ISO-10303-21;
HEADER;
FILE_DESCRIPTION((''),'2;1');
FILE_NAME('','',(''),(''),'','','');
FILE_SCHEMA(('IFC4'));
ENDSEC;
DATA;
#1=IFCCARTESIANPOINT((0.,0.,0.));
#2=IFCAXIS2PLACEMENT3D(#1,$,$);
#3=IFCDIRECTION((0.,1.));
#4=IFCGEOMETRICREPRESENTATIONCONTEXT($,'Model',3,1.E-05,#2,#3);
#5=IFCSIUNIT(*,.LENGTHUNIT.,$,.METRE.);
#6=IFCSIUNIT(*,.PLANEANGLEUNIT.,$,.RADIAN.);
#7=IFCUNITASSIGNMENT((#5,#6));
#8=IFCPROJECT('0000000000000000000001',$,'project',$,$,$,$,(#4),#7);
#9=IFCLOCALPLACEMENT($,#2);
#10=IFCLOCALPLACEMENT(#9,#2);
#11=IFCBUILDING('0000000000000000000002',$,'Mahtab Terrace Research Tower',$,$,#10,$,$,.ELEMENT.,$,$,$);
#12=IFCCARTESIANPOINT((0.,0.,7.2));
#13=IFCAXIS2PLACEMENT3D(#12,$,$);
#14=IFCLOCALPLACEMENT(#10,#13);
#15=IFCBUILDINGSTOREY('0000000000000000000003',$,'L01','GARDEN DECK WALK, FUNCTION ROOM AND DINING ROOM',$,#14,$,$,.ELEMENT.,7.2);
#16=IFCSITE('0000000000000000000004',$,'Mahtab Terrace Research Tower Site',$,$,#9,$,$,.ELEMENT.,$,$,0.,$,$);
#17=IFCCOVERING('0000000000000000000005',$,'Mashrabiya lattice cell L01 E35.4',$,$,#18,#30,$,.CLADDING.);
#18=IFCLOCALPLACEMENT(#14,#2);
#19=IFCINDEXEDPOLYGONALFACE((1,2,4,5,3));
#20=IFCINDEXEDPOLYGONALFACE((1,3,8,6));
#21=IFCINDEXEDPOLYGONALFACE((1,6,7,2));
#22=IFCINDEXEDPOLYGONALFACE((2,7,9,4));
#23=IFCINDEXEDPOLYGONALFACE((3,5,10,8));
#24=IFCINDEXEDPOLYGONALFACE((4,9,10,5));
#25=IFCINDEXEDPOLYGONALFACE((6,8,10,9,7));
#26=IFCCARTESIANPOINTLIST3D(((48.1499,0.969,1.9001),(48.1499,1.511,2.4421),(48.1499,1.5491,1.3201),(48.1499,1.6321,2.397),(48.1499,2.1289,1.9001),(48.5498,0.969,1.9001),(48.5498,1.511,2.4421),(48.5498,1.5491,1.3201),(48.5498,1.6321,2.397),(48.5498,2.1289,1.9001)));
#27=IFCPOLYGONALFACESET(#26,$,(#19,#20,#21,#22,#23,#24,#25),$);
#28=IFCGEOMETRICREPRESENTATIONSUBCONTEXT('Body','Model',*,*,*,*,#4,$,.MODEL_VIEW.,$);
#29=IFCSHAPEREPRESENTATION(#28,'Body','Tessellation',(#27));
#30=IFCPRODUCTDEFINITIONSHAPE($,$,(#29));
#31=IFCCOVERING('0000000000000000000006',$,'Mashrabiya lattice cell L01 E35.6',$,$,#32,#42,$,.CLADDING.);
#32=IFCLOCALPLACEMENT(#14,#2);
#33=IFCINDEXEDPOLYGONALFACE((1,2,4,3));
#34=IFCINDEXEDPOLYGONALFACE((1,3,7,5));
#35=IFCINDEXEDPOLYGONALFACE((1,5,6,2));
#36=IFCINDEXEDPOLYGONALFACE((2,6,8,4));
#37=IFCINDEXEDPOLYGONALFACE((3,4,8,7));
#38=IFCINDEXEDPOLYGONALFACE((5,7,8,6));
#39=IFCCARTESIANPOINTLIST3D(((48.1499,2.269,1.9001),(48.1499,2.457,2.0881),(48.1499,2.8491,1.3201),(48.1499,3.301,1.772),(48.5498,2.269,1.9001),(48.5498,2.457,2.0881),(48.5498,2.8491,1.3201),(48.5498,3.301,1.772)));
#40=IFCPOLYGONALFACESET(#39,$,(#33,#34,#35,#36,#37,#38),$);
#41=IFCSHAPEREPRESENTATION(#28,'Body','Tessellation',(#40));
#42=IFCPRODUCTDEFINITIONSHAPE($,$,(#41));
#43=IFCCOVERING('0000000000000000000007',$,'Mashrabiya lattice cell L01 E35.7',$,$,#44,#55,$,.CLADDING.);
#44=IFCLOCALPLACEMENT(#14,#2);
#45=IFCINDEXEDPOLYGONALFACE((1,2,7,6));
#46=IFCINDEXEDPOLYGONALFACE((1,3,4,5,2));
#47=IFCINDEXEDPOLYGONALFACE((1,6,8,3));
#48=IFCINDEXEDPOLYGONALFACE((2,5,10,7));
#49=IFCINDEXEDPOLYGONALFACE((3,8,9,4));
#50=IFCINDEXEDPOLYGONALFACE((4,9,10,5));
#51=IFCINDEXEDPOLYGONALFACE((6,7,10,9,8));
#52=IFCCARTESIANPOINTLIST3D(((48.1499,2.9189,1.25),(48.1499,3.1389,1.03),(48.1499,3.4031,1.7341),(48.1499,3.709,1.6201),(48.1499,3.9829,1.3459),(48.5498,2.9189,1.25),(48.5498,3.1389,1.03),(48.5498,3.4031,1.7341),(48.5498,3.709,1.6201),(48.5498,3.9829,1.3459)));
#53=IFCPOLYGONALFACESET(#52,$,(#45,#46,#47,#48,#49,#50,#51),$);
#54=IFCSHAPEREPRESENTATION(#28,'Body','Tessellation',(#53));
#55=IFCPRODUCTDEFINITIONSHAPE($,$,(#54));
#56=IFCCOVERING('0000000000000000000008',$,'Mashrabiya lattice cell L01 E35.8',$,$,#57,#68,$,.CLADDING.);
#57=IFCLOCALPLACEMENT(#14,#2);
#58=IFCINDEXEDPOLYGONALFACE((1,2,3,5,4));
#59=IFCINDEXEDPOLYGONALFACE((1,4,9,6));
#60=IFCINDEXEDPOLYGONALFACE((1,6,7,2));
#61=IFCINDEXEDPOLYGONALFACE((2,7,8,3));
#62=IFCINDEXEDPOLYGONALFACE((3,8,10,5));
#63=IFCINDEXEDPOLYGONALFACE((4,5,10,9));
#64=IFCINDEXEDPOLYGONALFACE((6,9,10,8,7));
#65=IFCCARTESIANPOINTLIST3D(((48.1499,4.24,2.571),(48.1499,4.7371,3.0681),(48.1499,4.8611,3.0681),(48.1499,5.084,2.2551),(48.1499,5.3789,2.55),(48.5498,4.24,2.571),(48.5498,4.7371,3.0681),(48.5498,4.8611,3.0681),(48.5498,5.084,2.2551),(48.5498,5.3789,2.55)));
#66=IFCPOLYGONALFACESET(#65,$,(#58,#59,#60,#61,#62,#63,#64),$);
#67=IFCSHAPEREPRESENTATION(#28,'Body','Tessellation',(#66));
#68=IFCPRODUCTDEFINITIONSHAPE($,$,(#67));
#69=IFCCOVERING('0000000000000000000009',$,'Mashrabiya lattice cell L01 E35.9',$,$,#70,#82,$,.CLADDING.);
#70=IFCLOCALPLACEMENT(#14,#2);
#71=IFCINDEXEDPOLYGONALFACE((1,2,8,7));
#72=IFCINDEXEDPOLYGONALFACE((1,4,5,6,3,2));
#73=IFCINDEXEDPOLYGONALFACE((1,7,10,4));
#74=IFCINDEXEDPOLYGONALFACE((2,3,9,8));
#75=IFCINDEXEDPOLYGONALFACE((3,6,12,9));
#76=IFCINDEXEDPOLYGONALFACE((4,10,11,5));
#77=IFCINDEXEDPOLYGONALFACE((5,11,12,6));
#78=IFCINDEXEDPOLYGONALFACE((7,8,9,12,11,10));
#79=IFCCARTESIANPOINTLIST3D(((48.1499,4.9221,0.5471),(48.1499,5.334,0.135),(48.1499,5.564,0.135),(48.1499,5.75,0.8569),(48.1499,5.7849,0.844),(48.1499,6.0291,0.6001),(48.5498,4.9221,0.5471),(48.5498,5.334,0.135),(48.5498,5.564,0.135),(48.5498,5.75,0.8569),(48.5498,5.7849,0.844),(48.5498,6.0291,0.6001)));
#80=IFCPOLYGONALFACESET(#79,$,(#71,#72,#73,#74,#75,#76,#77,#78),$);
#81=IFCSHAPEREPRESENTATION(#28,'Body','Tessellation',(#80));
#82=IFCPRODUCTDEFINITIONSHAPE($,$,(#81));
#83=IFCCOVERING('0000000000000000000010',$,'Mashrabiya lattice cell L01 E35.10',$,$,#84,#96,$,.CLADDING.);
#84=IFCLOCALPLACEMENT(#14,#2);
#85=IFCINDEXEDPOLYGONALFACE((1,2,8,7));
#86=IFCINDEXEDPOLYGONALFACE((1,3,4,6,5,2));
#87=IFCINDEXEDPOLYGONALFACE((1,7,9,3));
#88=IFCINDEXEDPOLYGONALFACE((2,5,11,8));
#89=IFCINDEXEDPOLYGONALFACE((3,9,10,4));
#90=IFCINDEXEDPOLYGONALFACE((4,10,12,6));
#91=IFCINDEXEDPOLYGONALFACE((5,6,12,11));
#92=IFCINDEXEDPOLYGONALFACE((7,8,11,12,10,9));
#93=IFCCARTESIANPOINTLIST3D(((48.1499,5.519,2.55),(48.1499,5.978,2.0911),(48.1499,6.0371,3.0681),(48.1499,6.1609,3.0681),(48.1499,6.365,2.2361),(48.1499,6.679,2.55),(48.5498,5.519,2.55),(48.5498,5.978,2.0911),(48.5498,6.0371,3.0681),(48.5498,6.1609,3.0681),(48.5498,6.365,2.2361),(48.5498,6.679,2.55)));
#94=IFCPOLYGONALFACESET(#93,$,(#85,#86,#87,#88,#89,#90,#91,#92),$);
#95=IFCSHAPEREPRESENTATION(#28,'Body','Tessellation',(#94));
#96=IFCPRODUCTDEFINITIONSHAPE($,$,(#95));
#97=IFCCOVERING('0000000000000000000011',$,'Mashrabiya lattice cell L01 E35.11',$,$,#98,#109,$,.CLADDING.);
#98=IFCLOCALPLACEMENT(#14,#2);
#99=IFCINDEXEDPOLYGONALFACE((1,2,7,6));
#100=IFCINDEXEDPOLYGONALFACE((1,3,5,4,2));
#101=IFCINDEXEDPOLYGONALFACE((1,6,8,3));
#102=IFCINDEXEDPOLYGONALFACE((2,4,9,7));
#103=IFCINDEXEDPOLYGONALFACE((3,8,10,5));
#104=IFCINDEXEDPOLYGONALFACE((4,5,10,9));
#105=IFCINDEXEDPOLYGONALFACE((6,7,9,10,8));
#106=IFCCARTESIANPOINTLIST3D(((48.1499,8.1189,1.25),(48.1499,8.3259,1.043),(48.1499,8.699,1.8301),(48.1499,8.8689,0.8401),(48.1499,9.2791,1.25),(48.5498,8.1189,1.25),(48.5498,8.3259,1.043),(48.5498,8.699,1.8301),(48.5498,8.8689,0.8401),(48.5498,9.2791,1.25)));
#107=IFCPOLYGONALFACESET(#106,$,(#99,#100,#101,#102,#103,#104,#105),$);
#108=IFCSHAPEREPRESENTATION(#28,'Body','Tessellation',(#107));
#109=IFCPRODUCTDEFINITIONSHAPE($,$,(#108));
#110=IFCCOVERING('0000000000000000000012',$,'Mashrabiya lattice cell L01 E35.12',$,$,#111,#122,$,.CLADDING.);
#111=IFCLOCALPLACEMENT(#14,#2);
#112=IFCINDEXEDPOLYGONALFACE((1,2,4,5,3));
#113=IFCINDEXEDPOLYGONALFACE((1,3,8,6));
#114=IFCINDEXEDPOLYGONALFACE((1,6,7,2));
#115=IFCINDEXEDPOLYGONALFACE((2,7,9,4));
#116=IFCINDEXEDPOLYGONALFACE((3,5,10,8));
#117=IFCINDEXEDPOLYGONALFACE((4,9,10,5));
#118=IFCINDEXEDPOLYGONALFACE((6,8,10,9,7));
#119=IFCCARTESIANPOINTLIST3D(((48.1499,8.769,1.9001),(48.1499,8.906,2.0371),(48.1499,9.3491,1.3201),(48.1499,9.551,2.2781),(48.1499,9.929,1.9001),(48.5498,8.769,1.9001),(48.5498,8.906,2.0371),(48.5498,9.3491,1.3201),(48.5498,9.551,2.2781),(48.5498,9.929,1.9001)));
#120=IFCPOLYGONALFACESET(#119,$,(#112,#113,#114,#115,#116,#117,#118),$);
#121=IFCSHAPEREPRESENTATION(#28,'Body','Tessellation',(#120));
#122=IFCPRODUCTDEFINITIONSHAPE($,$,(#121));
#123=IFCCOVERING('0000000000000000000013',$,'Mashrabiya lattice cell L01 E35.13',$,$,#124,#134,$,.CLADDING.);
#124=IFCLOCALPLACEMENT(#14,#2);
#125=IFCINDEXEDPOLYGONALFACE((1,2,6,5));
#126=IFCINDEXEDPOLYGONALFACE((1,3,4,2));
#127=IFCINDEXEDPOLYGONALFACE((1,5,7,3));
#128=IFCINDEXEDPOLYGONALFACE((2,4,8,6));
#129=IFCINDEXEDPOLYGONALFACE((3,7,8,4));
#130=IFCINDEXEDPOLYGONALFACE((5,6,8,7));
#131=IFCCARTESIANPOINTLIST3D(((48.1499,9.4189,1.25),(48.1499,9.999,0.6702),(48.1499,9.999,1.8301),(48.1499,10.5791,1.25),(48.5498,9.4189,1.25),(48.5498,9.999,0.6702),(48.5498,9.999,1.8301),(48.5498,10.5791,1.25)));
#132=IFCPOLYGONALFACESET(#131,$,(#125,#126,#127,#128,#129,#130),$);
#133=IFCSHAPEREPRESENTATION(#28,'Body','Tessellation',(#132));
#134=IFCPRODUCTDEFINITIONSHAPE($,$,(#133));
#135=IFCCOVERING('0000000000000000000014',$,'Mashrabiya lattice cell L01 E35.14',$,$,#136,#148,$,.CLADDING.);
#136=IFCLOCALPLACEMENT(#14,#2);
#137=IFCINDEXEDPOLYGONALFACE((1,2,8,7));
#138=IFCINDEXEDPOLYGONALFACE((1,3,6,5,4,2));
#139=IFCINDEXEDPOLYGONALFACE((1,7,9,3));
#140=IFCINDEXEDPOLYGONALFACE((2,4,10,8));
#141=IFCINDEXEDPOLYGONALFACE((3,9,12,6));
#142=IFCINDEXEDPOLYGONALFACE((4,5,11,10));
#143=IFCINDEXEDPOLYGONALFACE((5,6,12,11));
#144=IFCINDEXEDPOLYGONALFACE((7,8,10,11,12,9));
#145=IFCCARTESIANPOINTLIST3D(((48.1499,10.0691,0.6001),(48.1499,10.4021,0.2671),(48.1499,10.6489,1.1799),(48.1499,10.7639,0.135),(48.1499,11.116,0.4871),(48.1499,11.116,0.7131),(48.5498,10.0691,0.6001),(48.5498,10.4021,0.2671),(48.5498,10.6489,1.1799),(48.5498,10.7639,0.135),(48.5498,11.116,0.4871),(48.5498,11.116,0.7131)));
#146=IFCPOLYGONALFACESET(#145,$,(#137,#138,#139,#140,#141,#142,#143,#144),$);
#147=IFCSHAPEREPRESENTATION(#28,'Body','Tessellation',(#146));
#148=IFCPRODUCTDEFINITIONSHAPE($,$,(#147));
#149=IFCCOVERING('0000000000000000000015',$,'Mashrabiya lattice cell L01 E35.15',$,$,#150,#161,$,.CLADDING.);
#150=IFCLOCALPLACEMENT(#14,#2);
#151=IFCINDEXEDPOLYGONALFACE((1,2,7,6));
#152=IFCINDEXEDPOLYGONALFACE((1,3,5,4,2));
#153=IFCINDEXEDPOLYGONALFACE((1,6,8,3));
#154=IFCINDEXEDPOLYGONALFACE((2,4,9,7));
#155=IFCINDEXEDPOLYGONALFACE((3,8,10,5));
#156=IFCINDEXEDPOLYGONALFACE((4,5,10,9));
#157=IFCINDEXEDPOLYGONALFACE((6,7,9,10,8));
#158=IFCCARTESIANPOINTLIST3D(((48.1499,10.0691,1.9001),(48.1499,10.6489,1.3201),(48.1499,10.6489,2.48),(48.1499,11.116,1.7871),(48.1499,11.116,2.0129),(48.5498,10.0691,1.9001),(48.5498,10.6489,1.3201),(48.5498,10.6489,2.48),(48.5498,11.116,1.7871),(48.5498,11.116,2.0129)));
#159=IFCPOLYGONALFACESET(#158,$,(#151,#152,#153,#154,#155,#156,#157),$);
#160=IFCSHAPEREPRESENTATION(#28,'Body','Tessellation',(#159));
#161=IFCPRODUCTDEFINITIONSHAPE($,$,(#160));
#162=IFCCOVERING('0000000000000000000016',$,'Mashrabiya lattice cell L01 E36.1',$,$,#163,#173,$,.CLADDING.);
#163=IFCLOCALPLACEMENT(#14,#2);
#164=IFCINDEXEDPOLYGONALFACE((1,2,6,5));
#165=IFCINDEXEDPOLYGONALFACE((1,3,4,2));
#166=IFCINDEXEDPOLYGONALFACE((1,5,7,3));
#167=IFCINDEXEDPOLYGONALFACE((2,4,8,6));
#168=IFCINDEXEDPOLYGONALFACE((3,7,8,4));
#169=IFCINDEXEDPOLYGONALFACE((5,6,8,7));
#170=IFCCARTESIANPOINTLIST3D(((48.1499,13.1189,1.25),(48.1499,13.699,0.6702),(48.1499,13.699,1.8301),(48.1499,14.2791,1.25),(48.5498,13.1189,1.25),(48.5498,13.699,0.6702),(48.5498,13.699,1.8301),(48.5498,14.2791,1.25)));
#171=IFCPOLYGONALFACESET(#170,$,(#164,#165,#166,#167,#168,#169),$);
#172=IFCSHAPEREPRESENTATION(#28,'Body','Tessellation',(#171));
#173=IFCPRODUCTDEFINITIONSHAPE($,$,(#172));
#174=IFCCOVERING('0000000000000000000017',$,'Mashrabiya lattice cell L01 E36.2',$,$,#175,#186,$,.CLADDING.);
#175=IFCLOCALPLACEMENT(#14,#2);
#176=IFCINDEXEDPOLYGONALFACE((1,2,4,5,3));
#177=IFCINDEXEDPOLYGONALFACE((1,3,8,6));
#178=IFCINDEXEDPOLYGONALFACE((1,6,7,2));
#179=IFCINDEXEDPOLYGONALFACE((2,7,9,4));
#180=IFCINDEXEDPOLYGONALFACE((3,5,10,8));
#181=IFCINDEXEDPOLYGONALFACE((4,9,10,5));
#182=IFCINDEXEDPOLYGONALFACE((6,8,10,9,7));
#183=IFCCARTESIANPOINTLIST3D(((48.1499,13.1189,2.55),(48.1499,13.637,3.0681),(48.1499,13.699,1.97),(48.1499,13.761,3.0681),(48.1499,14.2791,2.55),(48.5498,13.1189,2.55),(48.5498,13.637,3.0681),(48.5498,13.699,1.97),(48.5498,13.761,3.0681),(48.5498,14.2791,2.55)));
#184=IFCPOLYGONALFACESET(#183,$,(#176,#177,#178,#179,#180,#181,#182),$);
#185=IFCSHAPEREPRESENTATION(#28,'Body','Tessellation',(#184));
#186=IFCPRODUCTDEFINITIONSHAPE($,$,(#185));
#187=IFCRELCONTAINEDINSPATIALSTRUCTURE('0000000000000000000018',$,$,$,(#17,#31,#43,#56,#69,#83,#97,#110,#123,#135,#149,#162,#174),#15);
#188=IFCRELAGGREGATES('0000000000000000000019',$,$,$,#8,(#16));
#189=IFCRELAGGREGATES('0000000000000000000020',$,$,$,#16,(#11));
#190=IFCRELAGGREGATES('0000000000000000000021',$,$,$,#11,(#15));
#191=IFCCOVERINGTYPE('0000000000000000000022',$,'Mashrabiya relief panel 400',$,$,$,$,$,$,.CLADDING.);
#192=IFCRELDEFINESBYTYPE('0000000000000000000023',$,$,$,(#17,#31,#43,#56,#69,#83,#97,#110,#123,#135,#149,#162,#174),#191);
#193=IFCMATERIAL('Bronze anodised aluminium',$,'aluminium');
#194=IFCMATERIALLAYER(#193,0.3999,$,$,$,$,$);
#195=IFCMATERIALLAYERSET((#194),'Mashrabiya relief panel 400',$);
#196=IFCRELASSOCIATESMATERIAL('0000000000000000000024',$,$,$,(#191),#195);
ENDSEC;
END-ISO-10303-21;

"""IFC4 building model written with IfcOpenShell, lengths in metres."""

from ifc_helpers import new_model, si_unit, direction, frame, origin, place, context, subcontext, project, spatial, polyline, outline, extrude, material, layer, layer_set, type_object, element, save


model = new_model("IFC4")

# Units and contexts
model_context = context("Model", 3, precision=1e-05, world=origin(), true_north=direction((0.0, 1.0)))
body_context = subcontext(model_context, "Body", "Model", "MODEL_VIEW")
ifc_project = project(units=[si_unit("LENGTHUNIT", "METRE"), si_unit("PLANEANGLEUNIT", "RADIAN")], contexts=[model_context])

# Site, building, storey
site_placement = place(None, origin())
site = spatial("IfcSite", under=ifc_project, at=site_placement, Name="Mahtab Terrace Research Tower Site", CompositionType="ELEMENT", RefElevation=0.0)
building_placement = place(site_placement, origin())
building = spatial("IfcBuilding", under=site, at=building_placement, Name="Mahtab Terrace Research Tower", CompositionType="ELEMENT")
storey_placement = place(building_placement, frame((0.0, 0.0, 7.2)))
storey = spatial("IfcBuildingStorey", under=building, at=storey_placement, Name="L01", Description="GARDEN DECK WALK, FUNCTION ROOM AND DINING ROOM", CompositionType="ELEMENT", Elevation=7.2)

# Coverings
ifc_material_1 = material(Name="Bronze anodised aluminium", Category="aluminium")
ifc_layer_1 = layer(ifc_material_1, 0.3999)
ifc_layer_set_1 = layer_set([ifc_layer_1], Name="Mashrabiya relief panel 400")
covering_type_1 = type_object("IfcCoveringType", Name="Mashrabiya relief panel 400", PredefinedType="CLADDING", material=ifc_layer_set_1)
covering_1_placement = place(storey_placement, frame((48.1499, 2.1289, 1.9001), z_axis=(-1.0, 0.0, 0.0), x_axis=(0.0, -0.706958, -0.707256)))
element("IfcCovering", 1, at=covering_1_placement, inside=storey, type_object=covering_type_1, Name="Mashrabiya lattice cell L01 E35.4", PredefinedType="CLADDING", context=body_context, shape_type="SweptSolid", body=[
    extrude(outline(polyline([(0.0, 0.0), (0.8202, 0.0), (0.82, 0.8204), (0.0535, 0.8202), (-0.0001, 0.7026), (0.0, 0.0)])), origin(), (0.0, 0.0, -1.0), 0.3999),
])
covering_2_placement = place(storey_placement, frame((48.1499, 2.8491, 1.3201), z_axis=(-1.0, 0.0, 0.0), x_axis=(0.0, -0.707107, 0.707107)))
element("IfcCovering", 2, at=covering_2_placement, inside=storey, type_object=covering_type_1, Name="Mashrabiya lattice cell L01 E35.6", PredefinedType="CLADDING", context=body_context, shape_type="SweptSolid", body=[
    extrude(outline(polyline([(0.0, 0.0), (0.8204, 0.0), (0.8204, 0.2659), (0.0, 0.6391), (0.0, 0.0)])), origin(), (0.0, 0.0, -1.0), 0.3999),
])
covering_3_placement = place(storey_placement, frame((48.1499, 2.9189, 1.25), z_axis=(-1.0, 0.0, 0.0), x_axis=(0.0, 0.707107, 0.707107)))
element("IfcCovering", 3, at=covering_3_placement, inside=storey, type_object=covering_type_1, Name="Mashrabiya lattice cell L01 E35.7", PredefinedType="CLADDING", context=body_context, shape_type="SweptSolid", body=[
    extrude(outline(polyline([(0.0, 0.0), (0.6847, 0.0), (0.8204, 0.2969), (0.8202, 0.6845), (0.0, 0.3111), (0.0, 0.0)])), origin(), (0.0, 0.0, -1.0), 0.3999),
])
covering_4_placement = place(storey_placement, frame((48.1499, 5.3789, 2.55), z_axis=(-1.0, 0.0, 0.0), x_axis=(0.0, -0.707107, -0.707107)))
element("IfcCovering", 4, at=covering_4_placement, inside=storey, type_object=covering_type_1, Name="Mashrabiya lattice cell L01 E35.8", PredefinedType="CLADDING", context=body_context, shape_type="SweptSolid", body=[
    extrude(outline(polyline([(0.0, 0.0), (0.4171, 0.0), (0.7905, 0.8202), (0.0875, 0.8202), (-0.0002, 0.7325), (0.0, 0.0)])), origin(), (0.0, 0.0, -1.0), 0.3999),
])
covering_5_placement = place(storey_placement, frame((48.1499, 4.9221, 0.5471), z_axis=(-1.0, 0.0, 0.0), x_axis=(0.0, 0.936567, 0.350488)))
element("IfcCovering", 5, at=covering_5_placement, inside=storey, type_object=covering_type_1, Name="Mashrabiya lattice cell L01 E35.9", PredefinedType="CLADDING", context=body_context, shape_type="SweptSolid", body=[
    extrude(outline(polyline([(0.0, 0.0), (0.884, 0.0), (0.9121, 0.0244), (1.0553, 0.3383), (0.4567, 0.6109), (0.2413, 0.5303), (0.0, 0.0)])), origin(), (0.0, 0.0, -1.0), 0.3999),
])
covering_6_placement = place(storey_placement, frame((48.1499, 5.519, 2.55), z_axis=(-1.0, 0.0, 0.0), x_axis=(0.0, 0.707107, 0.707107)))
element("IfcCovering", 6, at=covering_6_placement, inside=storey, type_object=covering_type_1, Name="Mashrabiya lattice cell L01 E35.10", PredefinedType="CLADDING", context=body_context, shape_type="SweptSolid", body=[
    extrude(outline(polyline([(0.0, 0.0), (0.7327, 0.0), (0.8202, 0.0875), (0.8202, 0.8202), (0.3762, 0.8202), (0.0, 0.6491), (0.0, 0.0)])), origin(), (0.0, 0.0, -1.0), 0.3999),
])
covering_7_placement = place(storey_placement, frame((48.1499, 8.1189, 1.25), z_axis=(-1.0, 0.0, 0.0), x_axis=(0.0, 0.707107, 0.707107)))
element("IfcCovering", 7, at=covering_7_placement, inside=storey, type_object=covering_type_1, Name="Mashrabiya lattice cell L01 E35.11", PredefinedType="CLADDING", context=body_context, shape_type="SweptSolid", body=[
    extrude(outline(polyline([(0.0, 0.0), (0.8204, 0.0), (0.8204, 0.8204), (0.2405, 0.8202), (0.0, 0.2928), (0.0, 0.0)])), origin(), (0.0, 0.0, -1.0), 0.3999),
])
covering_8_placement = place(storey_placement, frame((48.1499, 9.929, 1.9001), z_axis=(-1.0, 0.0, 0.0), x_axis=(0.0, -0.706958, -0.707256)))
element("IfcCovering", 8, at=covering_8_placement, inside=storey, type_object=covering_type_1, Name="Mashrabiya lattice cell L01 E35.12", PredefinedType="CLADDING", context=body_context, shape_type="SweptSolid", body=[
    extrude(outline(polyline([(0.0, 0.0), (0.8202, 0.0), (0.82, 0.8204), (0.6263, 0.8203), (-0.0001, 0.5345), (0.0, 0.0)])), origin(), (0.0, 0.0, -1.0), 0.3999),
])
covering_9_placement = place(storey_placement, frame((48.1499, 9.999, 1.8301), z_axis=(-1.0, 0.0, 0.0), x_axis=(0.0, 0.707107, -0.707107)))
element("IfcCovering", 9, at=covering_9_placement, inside=storey, type_object=covering_type_1, Name="Mashrabiya lattice cell L01 E35.13", PredefinedType="CLADDING", context=body_context, shape_type="SweptSolid", body=[
    extrude(outline(polyline([(0.0, 0.0), (0.8204, 0.0), (0.8202, 0.8202), (0.0, 0.8204), (0.0, 0.0)])), origin(), (0.0, 0.0, -1.0), 0.3999),
])
covering_10_placement = place(storey_placement, frame((48.1499, 10.0691, 0.6001), z_axis=(-1.0, 0.0, 0.0), x_axis=(0.0, 0.707107, 0.707107)))
element("IfcCovering", 10, at=covering_10_placement, inside=storey, type_object=covering_type_1, Name="Mashrabiya lattice cell L01 E35.14", PredefinedType="CLADDING", context=body_context, shape_type="SweptSolid", body=[
    extrude(outline(polyline([(0.0, 0.0), (0.82, 0.0), (0.8202, 0.6603), (0.6603, 0.8202), (0.1624, 0.8202), (0.0, 0.4709), (0.0, 0.0)])), origin(), (0.0, 0.0, -1.0), 0.3999),
])
covering_11_placement = place(storey_placement, frame((48.1499, 10.6489, 1.3201), z_axis=(-1.0, 0.0, 0.0), x_axis=(0.0, -0.706958, 0.707256)))
element("IfcCovering", 11, at=covering_11_placement, inside=storey, type_object=covering_type_1, Name="Mashrabiya lattice cell L01 E35.15", PredefinedType="CLADDING", context=body_context, shape_type="SweptSolid", body=[
    extrude(outline(polyline([(0.0, 0.0), (0.8202, 0.0), (0.8204, 0.82), (0.1599, 0.8201), (0.0001, 0.6605), (0.0, 0.0)])), origin(), (0.0, 0.0, -1.0), 0.3999),
])
covering_12_placement = place(storey_placement, frame((48.1499, 13.699, 1.8301), z_axis=(-1.0, 0.0, 0.0), x_axis=(0.0, 0.707107, -0.707107)))
element("IfcCovering", 12, at=covering_12_placement, inside=storey, type_object=covering_type_1, Name="Mashrabiya lattice cell L01 E36.1", PredefinedType="CLADDING", context=body_context, shape_type="SweptSolid", body=[
    extrude(outline(polyline([(0.0, 0.0), (0.8204, 0.0), (0.8202, 0.8202), (0.0, 0.8204), (0.0, 0.0)])), origin(), (0.0, 0.0, -1.0), 0.3999),
])
covering_13_placement = place(storey_placement, frame((48.1499, 14.2791, 2.55), z_axis=(-1.0, 0.0, 0.0), x_axis=(0.0, -0.707107, -0.707107)))
element("IfcCovering", 13, at=covering_13_placement, inside=storey, type_object=covering_type_1, Name="Mashrabiya lattice cell L01 E36.2", PredefinedType="CLADDING", context=body_context, shape_type="SweptSolid", body=[
    extrude(outline(polyline([(0.0, 0.0), (0.8204, 0.0), (0.8204, 0.8204), (0.0877, 0.8204), (0.0, 0.7327), (0.0, 0.0)])), origin(), (0.0, 0.0, -1.0), 0.3999),
])

save(model, "model.ifc")
